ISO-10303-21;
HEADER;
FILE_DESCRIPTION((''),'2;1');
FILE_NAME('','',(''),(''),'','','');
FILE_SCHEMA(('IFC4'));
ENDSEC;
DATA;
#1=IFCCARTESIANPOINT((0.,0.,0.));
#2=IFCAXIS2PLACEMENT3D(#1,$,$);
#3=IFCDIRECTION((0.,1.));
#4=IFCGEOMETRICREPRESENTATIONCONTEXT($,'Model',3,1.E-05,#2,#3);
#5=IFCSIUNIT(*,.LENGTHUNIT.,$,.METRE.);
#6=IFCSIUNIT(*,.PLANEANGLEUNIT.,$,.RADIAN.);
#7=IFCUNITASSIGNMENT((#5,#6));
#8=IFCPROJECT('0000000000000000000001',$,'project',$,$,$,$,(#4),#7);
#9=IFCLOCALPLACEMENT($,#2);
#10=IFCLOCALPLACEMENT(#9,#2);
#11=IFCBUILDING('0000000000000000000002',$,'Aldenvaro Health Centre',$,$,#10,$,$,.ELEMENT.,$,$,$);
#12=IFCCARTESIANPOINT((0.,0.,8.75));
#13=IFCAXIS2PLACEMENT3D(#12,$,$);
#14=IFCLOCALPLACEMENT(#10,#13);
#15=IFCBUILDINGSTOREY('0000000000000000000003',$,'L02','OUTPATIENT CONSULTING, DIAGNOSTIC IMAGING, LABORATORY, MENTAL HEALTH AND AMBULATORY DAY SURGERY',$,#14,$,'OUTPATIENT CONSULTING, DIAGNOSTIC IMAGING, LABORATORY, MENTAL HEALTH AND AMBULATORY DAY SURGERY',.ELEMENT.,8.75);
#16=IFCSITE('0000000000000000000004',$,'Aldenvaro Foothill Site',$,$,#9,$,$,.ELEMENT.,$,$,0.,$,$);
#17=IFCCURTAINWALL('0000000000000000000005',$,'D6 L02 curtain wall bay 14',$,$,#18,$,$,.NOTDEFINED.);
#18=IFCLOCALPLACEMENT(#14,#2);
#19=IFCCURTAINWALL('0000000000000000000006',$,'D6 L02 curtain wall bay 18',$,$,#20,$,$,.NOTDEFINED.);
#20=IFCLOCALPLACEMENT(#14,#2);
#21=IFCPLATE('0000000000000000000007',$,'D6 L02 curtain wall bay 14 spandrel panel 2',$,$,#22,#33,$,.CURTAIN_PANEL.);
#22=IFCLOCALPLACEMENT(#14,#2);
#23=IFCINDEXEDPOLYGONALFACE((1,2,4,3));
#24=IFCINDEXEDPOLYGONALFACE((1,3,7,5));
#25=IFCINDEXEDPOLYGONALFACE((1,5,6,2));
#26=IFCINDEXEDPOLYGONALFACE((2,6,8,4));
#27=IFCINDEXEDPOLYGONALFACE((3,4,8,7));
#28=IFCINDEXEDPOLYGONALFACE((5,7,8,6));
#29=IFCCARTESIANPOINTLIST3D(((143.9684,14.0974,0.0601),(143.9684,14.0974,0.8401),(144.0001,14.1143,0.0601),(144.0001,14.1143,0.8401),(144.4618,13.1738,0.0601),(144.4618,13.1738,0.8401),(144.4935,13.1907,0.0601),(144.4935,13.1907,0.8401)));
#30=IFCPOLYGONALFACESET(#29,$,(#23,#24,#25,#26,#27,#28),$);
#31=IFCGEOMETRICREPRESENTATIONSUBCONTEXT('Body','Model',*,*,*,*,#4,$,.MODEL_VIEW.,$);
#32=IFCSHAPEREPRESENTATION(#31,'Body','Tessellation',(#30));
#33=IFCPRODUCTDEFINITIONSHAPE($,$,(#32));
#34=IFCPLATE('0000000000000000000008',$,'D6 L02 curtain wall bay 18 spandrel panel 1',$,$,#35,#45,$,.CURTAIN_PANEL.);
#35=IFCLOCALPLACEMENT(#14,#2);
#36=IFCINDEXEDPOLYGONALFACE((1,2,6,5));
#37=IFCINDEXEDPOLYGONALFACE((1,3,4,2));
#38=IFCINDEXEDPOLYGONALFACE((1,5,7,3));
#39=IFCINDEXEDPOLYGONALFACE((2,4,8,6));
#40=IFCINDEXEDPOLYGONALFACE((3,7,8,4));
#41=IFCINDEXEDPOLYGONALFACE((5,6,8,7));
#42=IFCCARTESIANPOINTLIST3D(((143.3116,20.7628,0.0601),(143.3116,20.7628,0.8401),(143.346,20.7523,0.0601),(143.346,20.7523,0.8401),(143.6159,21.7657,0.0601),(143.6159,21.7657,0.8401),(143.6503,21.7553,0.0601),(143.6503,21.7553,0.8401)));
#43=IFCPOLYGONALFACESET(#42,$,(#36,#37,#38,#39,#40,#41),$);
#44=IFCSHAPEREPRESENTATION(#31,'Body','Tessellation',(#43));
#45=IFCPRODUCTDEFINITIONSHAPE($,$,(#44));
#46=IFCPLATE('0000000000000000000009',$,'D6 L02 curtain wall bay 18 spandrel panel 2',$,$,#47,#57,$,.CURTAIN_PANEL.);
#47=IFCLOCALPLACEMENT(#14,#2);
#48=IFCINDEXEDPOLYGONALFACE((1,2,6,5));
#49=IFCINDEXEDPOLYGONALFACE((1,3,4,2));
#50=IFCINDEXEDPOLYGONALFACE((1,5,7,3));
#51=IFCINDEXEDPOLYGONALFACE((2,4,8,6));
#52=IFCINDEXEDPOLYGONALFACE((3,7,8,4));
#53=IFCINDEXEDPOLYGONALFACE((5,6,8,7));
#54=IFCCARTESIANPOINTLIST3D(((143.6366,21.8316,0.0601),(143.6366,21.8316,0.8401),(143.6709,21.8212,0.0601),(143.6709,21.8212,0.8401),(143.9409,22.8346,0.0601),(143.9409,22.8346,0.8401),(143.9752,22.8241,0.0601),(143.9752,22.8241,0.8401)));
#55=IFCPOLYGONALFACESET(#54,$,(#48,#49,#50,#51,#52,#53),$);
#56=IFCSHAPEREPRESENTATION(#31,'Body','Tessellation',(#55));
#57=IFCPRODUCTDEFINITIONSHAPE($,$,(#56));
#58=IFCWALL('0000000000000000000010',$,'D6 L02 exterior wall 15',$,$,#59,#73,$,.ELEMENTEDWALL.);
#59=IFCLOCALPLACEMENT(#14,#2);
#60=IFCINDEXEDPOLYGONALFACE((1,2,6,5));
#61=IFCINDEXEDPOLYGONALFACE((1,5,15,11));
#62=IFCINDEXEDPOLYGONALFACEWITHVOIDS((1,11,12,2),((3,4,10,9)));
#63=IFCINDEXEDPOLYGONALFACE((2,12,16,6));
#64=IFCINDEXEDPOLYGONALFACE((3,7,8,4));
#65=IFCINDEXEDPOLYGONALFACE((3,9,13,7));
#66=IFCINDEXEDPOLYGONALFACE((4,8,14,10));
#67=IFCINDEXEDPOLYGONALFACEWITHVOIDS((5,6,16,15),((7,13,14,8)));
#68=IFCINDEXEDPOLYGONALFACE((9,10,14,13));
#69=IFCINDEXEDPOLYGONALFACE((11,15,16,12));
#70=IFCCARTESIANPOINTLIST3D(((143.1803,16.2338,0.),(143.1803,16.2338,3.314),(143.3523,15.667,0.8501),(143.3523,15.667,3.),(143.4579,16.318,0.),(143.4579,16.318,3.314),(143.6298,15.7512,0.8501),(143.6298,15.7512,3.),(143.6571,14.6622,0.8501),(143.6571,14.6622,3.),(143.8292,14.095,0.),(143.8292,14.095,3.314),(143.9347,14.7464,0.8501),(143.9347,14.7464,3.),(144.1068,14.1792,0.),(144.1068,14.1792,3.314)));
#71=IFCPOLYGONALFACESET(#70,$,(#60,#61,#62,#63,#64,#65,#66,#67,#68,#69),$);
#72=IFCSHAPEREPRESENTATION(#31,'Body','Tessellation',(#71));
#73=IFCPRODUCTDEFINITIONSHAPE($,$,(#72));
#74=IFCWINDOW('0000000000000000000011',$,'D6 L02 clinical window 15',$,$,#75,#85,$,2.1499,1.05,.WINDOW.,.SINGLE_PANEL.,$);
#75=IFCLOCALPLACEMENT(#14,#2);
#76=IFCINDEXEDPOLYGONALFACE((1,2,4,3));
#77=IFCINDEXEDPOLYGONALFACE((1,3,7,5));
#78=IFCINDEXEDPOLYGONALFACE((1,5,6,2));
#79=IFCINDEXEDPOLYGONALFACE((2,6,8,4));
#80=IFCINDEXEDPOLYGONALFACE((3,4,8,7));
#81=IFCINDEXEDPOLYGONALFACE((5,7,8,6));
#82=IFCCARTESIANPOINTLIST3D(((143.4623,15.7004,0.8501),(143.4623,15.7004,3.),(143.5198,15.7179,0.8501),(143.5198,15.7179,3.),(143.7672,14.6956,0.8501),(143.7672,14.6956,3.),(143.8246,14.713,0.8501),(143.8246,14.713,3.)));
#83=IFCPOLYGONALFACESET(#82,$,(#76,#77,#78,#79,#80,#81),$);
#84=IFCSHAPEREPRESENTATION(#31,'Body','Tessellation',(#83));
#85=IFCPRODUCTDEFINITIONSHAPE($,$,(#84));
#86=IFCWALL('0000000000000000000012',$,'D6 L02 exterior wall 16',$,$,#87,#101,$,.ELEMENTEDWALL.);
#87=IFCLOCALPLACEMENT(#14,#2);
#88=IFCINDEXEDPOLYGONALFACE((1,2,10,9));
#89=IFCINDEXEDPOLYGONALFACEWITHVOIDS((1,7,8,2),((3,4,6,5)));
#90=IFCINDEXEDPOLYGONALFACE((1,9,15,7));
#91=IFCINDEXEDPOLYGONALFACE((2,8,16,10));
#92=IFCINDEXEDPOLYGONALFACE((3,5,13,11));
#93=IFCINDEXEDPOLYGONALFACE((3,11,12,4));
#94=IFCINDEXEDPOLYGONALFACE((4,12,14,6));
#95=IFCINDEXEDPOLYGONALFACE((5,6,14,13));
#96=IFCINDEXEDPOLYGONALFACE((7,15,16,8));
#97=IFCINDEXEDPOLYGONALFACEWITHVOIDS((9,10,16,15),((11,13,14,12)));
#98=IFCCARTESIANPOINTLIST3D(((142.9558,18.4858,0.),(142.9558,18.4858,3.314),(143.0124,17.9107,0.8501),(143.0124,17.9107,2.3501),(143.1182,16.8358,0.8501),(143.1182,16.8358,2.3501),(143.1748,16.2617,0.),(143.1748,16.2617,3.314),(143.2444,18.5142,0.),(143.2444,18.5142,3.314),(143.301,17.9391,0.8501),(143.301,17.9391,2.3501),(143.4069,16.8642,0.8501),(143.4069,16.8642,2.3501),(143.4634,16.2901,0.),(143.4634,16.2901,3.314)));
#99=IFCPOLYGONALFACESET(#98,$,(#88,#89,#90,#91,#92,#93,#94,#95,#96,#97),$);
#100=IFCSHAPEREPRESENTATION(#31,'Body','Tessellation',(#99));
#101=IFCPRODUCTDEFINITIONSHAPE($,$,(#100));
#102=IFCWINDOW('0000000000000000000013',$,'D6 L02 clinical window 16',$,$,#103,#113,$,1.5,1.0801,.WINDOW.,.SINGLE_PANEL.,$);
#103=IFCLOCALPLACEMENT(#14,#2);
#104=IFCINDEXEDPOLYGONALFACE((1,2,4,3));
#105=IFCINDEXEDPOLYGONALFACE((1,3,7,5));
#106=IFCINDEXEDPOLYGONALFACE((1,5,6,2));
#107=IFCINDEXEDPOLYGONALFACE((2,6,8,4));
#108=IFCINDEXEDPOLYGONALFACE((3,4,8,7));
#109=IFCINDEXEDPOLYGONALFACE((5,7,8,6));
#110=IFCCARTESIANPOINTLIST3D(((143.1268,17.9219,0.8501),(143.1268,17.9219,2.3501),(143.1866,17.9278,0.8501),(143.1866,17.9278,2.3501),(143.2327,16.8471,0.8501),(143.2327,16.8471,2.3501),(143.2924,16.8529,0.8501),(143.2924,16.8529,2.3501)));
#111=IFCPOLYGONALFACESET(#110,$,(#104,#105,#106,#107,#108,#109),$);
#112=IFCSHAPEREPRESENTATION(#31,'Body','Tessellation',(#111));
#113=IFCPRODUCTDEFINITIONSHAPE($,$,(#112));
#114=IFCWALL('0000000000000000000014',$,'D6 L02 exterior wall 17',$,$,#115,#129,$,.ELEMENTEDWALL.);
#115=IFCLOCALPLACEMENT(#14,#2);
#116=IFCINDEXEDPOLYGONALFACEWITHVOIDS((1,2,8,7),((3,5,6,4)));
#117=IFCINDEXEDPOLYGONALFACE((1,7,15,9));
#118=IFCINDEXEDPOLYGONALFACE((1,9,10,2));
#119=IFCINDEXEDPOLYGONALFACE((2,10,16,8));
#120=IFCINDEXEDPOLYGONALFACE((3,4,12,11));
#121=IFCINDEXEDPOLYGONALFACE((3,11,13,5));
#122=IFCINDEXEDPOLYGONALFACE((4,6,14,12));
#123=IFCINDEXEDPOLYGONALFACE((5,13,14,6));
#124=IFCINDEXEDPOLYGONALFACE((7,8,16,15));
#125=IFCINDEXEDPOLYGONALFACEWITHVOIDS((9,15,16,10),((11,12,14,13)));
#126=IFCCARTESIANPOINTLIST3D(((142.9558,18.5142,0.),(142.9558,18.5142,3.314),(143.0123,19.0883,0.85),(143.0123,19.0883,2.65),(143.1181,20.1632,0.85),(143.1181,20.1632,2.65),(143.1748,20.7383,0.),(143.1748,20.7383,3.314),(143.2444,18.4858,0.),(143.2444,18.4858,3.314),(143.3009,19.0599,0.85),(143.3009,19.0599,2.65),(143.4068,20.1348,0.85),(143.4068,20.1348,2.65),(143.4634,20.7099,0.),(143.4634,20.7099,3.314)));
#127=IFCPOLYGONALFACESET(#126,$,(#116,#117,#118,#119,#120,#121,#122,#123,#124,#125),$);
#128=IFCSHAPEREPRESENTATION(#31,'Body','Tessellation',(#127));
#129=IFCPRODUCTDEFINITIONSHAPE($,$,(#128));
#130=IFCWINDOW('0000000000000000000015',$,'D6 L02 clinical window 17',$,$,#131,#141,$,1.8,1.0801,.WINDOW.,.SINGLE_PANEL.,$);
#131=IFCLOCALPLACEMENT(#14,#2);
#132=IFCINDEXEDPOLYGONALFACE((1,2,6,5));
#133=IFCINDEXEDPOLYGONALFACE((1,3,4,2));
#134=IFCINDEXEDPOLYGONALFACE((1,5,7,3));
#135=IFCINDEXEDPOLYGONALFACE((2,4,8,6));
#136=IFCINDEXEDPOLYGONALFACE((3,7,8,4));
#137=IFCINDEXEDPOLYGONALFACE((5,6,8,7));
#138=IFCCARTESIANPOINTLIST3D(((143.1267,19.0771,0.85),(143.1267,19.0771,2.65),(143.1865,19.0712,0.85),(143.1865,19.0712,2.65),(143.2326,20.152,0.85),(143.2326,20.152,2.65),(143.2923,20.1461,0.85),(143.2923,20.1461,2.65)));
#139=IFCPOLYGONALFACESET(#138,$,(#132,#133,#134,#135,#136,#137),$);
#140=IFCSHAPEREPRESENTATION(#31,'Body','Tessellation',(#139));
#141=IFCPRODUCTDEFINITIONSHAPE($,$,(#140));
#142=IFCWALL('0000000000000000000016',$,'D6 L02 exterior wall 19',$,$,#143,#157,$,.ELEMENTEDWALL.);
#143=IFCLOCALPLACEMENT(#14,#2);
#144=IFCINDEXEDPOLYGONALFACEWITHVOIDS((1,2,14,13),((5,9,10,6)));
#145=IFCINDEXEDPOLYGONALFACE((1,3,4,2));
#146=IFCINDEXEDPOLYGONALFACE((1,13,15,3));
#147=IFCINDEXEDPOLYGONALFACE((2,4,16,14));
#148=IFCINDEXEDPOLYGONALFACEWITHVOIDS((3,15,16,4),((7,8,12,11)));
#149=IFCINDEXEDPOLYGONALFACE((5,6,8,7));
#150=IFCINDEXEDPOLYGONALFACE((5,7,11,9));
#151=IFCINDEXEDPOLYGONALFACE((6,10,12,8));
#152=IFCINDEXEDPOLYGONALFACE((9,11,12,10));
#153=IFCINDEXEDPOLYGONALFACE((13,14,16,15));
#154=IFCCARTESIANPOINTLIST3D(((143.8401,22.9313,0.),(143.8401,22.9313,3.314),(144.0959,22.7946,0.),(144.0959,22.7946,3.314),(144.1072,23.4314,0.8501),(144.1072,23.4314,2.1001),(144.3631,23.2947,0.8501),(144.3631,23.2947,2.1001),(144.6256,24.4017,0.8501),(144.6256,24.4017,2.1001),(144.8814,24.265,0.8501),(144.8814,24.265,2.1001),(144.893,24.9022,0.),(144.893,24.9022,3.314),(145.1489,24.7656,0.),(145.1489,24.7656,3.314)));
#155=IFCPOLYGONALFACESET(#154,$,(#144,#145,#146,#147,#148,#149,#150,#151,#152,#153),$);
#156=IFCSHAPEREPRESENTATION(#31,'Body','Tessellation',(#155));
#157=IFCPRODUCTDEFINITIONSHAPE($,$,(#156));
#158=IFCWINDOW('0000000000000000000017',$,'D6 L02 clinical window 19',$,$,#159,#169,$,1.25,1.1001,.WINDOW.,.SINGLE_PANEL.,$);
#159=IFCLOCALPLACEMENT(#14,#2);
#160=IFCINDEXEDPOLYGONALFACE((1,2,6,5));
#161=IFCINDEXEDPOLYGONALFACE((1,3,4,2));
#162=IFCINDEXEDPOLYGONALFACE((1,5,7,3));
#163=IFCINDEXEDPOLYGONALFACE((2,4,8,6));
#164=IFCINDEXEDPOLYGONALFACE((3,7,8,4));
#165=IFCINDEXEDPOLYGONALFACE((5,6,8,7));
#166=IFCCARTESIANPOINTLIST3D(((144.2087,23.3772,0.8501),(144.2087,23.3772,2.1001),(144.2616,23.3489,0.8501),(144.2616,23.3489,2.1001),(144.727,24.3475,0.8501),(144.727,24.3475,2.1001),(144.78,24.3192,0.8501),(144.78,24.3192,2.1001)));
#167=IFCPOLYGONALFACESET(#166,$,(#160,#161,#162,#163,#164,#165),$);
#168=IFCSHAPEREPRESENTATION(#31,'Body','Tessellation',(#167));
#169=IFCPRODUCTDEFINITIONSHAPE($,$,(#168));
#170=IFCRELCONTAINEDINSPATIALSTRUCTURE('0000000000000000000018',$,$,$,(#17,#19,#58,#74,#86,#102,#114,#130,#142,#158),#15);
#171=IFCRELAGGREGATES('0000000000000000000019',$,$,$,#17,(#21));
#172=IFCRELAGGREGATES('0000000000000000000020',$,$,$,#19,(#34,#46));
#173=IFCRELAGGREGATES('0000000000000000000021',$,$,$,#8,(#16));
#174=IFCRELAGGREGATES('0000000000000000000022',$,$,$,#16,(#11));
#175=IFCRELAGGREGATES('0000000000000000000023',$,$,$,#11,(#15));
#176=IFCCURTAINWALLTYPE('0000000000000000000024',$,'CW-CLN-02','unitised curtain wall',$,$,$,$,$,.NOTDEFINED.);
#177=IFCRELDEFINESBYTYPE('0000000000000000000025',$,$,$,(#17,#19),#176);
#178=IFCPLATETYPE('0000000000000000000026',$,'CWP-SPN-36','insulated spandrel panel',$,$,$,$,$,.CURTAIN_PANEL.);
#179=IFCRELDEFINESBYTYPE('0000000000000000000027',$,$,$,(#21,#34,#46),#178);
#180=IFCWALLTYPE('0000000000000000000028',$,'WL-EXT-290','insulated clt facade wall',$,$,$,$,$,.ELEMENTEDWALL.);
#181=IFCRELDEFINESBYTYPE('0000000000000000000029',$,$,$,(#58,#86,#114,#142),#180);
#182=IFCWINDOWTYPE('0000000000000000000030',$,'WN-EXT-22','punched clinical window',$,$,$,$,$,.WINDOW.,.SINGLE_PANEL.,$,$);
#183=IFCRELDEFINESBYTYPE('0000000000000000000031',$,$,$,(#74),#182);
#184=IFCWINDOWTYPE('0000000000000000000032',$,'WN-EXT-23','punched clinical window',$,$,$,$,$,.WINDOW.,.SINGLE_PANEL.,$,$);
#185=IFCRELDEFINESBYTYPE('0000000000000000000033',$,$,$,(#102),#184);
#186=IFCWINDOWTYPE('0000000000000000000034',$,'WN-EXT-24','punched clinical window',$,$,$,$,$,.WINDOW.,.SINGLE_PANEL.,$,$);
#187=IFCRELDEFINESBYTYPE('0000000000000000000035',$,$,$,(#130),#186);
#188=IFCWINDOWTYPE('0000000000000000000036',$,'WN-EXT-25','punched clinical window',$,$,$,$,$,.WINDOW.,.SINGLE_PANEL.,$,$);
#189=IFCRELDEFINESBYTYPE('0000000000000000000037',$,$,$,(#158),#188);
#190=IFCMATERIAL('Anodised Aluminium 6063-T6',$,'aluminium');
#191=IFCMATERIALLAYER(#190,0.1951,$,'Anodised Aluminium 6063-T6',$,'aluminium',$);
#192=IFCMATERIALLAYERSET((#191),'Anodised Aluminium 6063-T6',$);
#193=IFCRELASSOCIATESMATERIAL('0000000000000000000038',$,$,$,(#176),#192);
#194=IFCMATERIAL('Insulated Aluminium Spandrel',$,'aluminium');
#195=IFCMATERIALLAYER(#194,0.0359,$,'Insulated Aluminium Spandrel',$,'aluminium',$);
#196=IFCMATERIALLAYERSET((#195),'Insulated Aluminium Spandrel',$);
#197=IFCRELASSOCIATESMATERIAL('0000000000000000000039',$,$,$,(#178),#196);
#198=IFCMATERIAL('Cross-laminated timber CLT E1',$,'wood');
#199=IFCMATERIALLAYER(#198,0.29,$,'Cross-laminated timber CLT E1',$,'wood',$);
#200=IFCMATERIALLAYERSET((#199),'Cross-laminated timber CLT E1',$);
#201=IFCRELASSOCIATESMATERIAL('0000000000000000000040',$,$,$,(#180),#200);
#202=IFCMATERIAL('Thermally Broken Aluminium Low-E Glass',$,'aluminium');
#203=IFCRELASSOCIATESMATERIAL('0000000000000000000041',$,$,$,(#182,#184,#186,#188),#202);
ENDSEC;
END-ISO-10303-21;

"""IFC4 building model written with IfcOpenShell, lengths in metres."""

from ifc_helpers import new_model, si_unit, direction, frame, frame_2d, origin, origin_2d, place, context, subcontext, project, spatial, rectangle, extrude, material, layer, layer_set, type_object, element, fill, aggregate, save


model = new_model("IFC4")

# Units and contexts
model_context = context("Model", 3, precision=1e-05, world=origin(), true_north=direction((0.0, 1.0)))
body_context = subcontext(model_context, "Body", "Model", "MODEL_VIEW")
ifc_project = project(units=[si_unit("LENGTHUNIT", "METRE"), si_unit("PLANEANGLEUNIT", "RADIAN")], contexts=[model_context])

# Site, building, storey
site_placement = place(None, origin())
site = spatial("IfcSite", under=ifc_project, at=site_placement, Name="Aldenvaro Foothill Site", CompositionType="ELEMENT", RefElevation=0.0)
building_placement = place(site_placement, origin())
building = spatial("IfcBuilding", under=site, at=building_placement, Name="Aldenvaro Health Centre", CompositionType="ELEMENT")
storey_placement = place(building_placement, frame((0.0, 0.0, 8.75)))
storey = spatial("IfcBuildingStorey", under=building, at=storey_placement, Name="L02", Description="OUTPATIENT CONSULTING, DIAGNOSTIC IMAGING, LABORATORY, MENTAL HEALTH AND AMBULATORY DAY SURGERY", LongName="OUTPATIENT CONSULTING, DIAGNOSTIC IMAGING, LABORATORY, MENTAL HEALTH AND AMBULATORY DAY SURGERY", CompositionType="ELEMENT", Elevation=8.75)

# Curtain wall
ifc_material_1 = material(Name="Anodised Aluminium 6063-T6", Category="aluminium")
ifc_layer_1 = layer(ifc_material_1, 0.1951, Name="Anodised Aluminium 6063-T6", Category="aluminium")
ifc_layer_set_1 = layer_set([ifc_layer_1], Name="Anodised Aluminium 6063-T6")
curtain_wall_type = type_object("IfcCurtainWallType", Name="CW-CLN-02", Description="unitised curtain wall", PredefinedType="NOTDEFINED", material=ifc_layer_set_1)
curtain_wall_1_placement = place(storey_placement, origin())
curtain_wall_1 = element("IfcCurtainWall", 1, at=curtain_wall_1_placement, inside=storey, type_object=curtain_wall_type, Name="D6 L02 curtain wall bay 14", PredefinedType="NOTDEFINED")

# Curtain wall
curtain_wall_2_placement = place(storey_placement, origin())
curtain_wall_2 = element("IfcCurtainWall", 2, at=curtain_wall_2_placement, inside=storey, type_object=curtain_wall_type, Name="D6 L02 curtain wall bay 18", PredefinedType="NOTDEFINED")

# Plates
ifc_material_2 = material(Name="Insulated Aluminium Spandrel", Category="aluminium")
ifc_layer_2 = layer(ifc_material_2, 0.0359, Name="Insulated Aluminium Spandrel", Category="aluminium")
ifc_layer_set_2 = layer_set([ifc_layer_2], Name="Insulated Aluminium Spandrel")
plate_type_1 = type_object("IfcPlateType", Name="CWP-SPN-36", Description="insulated spandrel panel", PredefinedType="CURTAIN_PANEL", material=ifc_layer_set_2)
plate_1_placement = place(storey_placement, frame((144.231, 13.644, 0.0601), z_axis=(0.0, 0.0, 1.0), x_axis=(-0.471215, 0.882018, 0.0)))
plate_1 = element("IfcPlate", 3, at=plate_1_placement, type_object=plate_type_1, Name="D6 L02 curtain wall bay 14 spandrel panel 2", PredefinedType="CURTAIN_PANEL", context=body_context, shape_type="SweptSolid", body=[
    extrude(rectangle(XDim=1.0471, YDim=0.0359, at=origin_2d()), origin(), (0.0, 0.0, 1.0), 0.78),
])
aggregate(curtain_wall_1, [plate_1])
plate_2_placement = place(storey_placement, frame((143.481, 21.259, 0.0601), z_axis=(0.0, 0.0, 1.0), x_axis=(0.290343, 0.956923, 0.0)))
plate_2 = element("IfcPlate", 4, at=plate_2_placement, type_object=plate_type_1, Name="D6 L02 curtain wall bay 18 spandrel panel 1", PredefinedType="CURTAIN_PANEL", context=body_context, shape_type="SweptSolid", body=[
    extrude(rectangle(XDim=1.0481, YDim=0.0359, at=origin_2d()), origin(), (0.0, 0.0, 1.0), 0.78),
])
plate_3_placement = place(storey_placement, frame((143.8059, 22.3279, 0.0601), z_axis=(0.0, 0.0, 1.0), x_axis=(0.290343, 0.956923, 0.0)))
plate_3 = element("IfcPlate", 5, at=plate_3_placement, type_object=plate_type_1, Name="D6 L02 curtain wall bay 18 spandrel panel 2", PredefinedType="CURTAIN_PANEL", context=body_context, shape_type="SweptSolid", body=[
    extrude(rectangle(XDim=1.0481, YDim=0.0359, at=origin_2d()), origin(), (0.0, 0.0, 1.0), 0.78),
])
aggregate(curtain_wall_2, [plate_2, plate_3])

# Walls, openings, windows
ifc_material_3 = material(Name="Cross-laminated timber CLT E1", Category="wood")
ifc_layer_3 = layer(ifc_material_3, 0.29, Name="Cross-laminated timber CLT E1", Category="wood")
ifc_layer_set_3 = layer_set([ifc_layer_3], Name="Cross-laminated timber CLT E1")
wall_type = type_object("IfcWallType", Name="WL-EXT-290", Description="insulated clt facade wall", PredefinedType="ELEMENTEDWALL", material=ifc_layer_set_3)
wall_1_placement = place(storey_placement, frame((143.968, 14.137, 0.0), z_axis=(0.0, 0.0, 1.0), x_axis=(-0.290323, 0.956929, 0.0)))
wall_1 = element("IfcWall", 6, at=wall_1_placement, inside=storey, type_object=wall_type, Name="D6 L02 exterior wall 15", PredefinedType="ELEMENTEDWALL", context=body_context, shape_type="SweptSolid", body=[
    extrude(rectangle(XDim=2.2351, YDim=0.29, at=frame_2d((1.1177, 0.0))), origin(), (0.0, 0.0, 1.0), 3.314),
])
opening_1_placement = place(wall_1_placement, frame((0.593, 0.0, 0.8501)))
opening_1 = element("IfcOpeningElement", 7, at=opening_1_placement, cuts=wall_1, PredefinedType="OPENING", context=body_context, shape_type="SweptSolid", body=[
    extrude(rectangle(XDim=1.05, YDim=2.1499, at=frame_2d((0.5249, 1.075))), frame((0.0, 0.155, 0.0), z_axis=(0.0, -1.0, 0.0), x_axis=(1.0, 0.0, 0.0)), (0.0, 0.0, 1.0), 0.3101),
])
ifc_material_4 = material(Name="Thermally Broken Aluminium Low-E Glass", Category="aluminium")
window_type_1 = type_object("IfcWindowType", Name="WN-EXT-22", Description="punched clinical window", PartitioningType="SINGLE_PANEL", PredefinedType="WINDOW", material=ifc_material_4)
window_1_placement = place(opening_1_placement, origin())
window_1 = element("IfcWindow", 8, at=window_1_placement, inside=storey, type_object=window_type_1, Name="D6 L02 clinical window 15", OverallHeight=2.1499, OverallWidth=1.05, PartitioningType="SINGLE_PANEL", PredefinedType="WINDOW", context=body_context, shape_type="SweptSolid", body=[
    extrude(rectangle(XDim=1.05, YDim=2.1499, at=frame_2d((0.5249, 1.075))), frame((0.0, 0.03, 0.0), z_axis=(0.0, -1.0, 0.0), x_axis=(1.0, 0.0, 0.0)), (0.0, 0.0, 1.0), 0.0601),
])
fill(opening_1, window_1)
wall_2_placement = place(storey_placement, frame((143.3191, 16.2759, 0.0), z_axis=(0.0, 0.0, 1.0), x_axis=(-0.097989, 0.995187, 0.0)))
wall_2 = element("IfcWall", 9, at=wall_2_placement, inside=storey, type_object=wall_type, Name="D6 L02 exterior wall 16", PredefinedType="ELEMENTEDWALL", context=body_context, shape_type="SweptSolid", body=[
    extrude(rectangle(XDim=2.2349, YDim=0.29, at=frame_2d((1.1174, 0.0))), origin(), (0.0, 0.0, 1.0), 3.314),
])
opening_2_placement = place(wall_2_placement, frame((0.5769, 0.0, 0.8501)))
opening_2 = element("IfcOpeningElement", 10, at=opening_2_placement, cuts=wall_2, PredefinedType="OPENING", context=body_context, shape_type="SweptSolid", body=[
    extrude(rectangle(XDim=1.0801, YDim=1.5, at=frame_2d((0.54, 0.75))), frame((0.0, 0.155, 0.0), z_axis=(0.0, -1.0, 0.0), x_axis=(1.0, 0.0, 0.0)), (0.0, 0.0, 1.0), 0.3101),
])
window_type_2 = type_object("IfcWindowType", Name="WN-EXT-23", Description="punched clinical window", PartitioningType="SINGLE_PANEL", PredefinedType="WINDOW", material=ifc_material_4)
window_2_placement = place(opening_2_placement, origin())
window_2 = element("IfcWindow", 11, at=window_2_placement, inside=storey, type_object=window_type_2, Name="D6 L02 clinical window 16", OverallHeight=1.5, OverallWidth=1.0801, PartitioningType="SINGLE_PANEL", PredefinedType="WINDOW", context=body_context, shape_type="SweptSolid", body=[
    extrude(rectangle(XDim=1.0801, YDim=1.5, at=frame_2d((0.54, 0.75))), frame((0.0, 0.03, 0.0), z_axis=(0.0, -1.0, 0.0), x_axis=(1.0, 0.0, 0.0)), (0.0, 0.0, 1.0), 0.0601),
])
fill(opening_2, window_2)
wall_3_placement = place(storey_placement, frame((143.1001, 18.5, 0.0), z_axis=(0.0, 0.0, 1.0), x_axis=(0.097989, 0.995187, 0.0)))
wall_3 = element("IfcWall", 12, at=wall_3_placement, inside=storey, type_object=wall_type, Name="D6 L02 exterior wall 17", PredefinedType="ELEMENTEDWALL", context=body_context, shape_type="SweptSolid", body=[
    extrude(rectangle(XDim=2.2349, YDim=0.29, at=frame_2d((1.1174, 0.0))), origin(), (0.0, 0.0, 1.0), 3.314),
])
opening_3_placement = place(wall_3_placement, frame((0.5769, 0.0, 0.8501)))
opening_3 = element("IfcOpeningElement", 13, at=opening_3_placement, cuts=wall_3, PredefinedType="OPENING", context=body_context, shape_type="SweptSolid", body=[
    extrude(rectangle(XDim=1.0801, YDim=1.8, at=frame_2d((0.54, 0.8999))), frame((0.0, 0.155, 0.0), z_axis=(0.0, -1.0, 0.0), x_axis=(1.0, 0.0, 0.0)), (0.0, 0.0, 1.0), 0.3101),
])
window_type_3 = type_object("IfcWindowType", Name="WN-EXT-24", Description="punched clinical window", PartitioningType="SINGLE_PANEL", PredefinedType="WINDOW", material=ifc_material_4)
window_3_placement = place(opening_3_placement, origin())
window_3 = element("IfcWindow", 14, at=window_3_placement, inside=storey, type_object=window_type_3, Name="D6 L02 clinical window 17", OverallHeight=1.8, OverallWidth=1.0801, PartitioningType="SINGLE_PANEL", PredefinedType="WINDOW", context=body_context, shape_type="SweptSolid", body=[
    extrude(rectangle(XDim=1.0801, YDim=1.8, at=frame_2d((0.54, 0.8999))), frame((0.0, 0.03, 0.0), z_axis=(0.0, -1.0, 0.0), x_axis=(1.0, 0.0, 0.0)), (0.0, 0.0, 1.0), 0.0601),
])
fill(opening_3, window_3)
wall_4_placement = place(storey_placement, frame((143.968, 22.863, 0.0), z_axis=(0.0, 0.0, 1.0), x_axis=(0.471218, 0.882017, 0.0)))
wall_4 = element("IfcWall", 15, at=wall_4_placement, inside=storey, type_object=wall_type, Name="D6 L02 exterior wall 19", PredefinedType="ELEMENTEDWALL", context=body_context, shape_type="SweptSolid", body=[
    extrude(rectangle(XDim=2.2346, YDim=0.29, at=frame_2d((1.1172, 0.0))), origin(), (0.0, 0.0, 1.0), 3.314),
])
opening_4_placement = place(wall_4_placement, frame((0.5669, 0.0, 0.8501)))
opening_4 = element("IfcOpeningElement", 16, at=opening_4_placement, cuts=wall_4, PredefinedType="OPENING", context=body_context, shape_type="SweptSolid", body=[
    extrude(rectangle(XDim=1.1001, YDim=1.25, at=frame_2d((0.55, 0.625))), frame((0.0, 0.155, 0.0), z_axis=(0.0, -1.0, 0.0), x_axis=(1.0, 0.0, 0.0)), (0.0, 0.0, 1.0), 0.3101),
])
window_type_4 = type_object("IfcWindowType", Name="WN-EXT-25", Description="punched clinical window", PartitioningType="SINGLE_PANEL", PredefinedType="WINDOW", material=ifc_material_4)
window_4_placement = place(opening_4_placement, origin())
window_4 = element("IfcWindow", 17, at=window_4_placement, inside=storey, type_object=window_type_4, Name="D6 L02 clinical window 19", OverallHeight=1.25, OverallWidth=1.1001, PartitioningType="SINGLE_PANEL", PredefinedType="WINDOW", context=body_context, shape_type="SweptSolid", body=[
    extrude(rectangle(XDim=1.1001, YDim=1.25, at=frame_2d((0.55, 0.625))), frame((0.0, 0.03, 0.0), z_axis=(0.0, -1.0, 0.0), x_axis=(1.0, 0.0, 0.0)), (0.0, 0.0, 1.0), 0.0601),
])
fill(opening_4, window_4)

save(model, "model.ifc")
